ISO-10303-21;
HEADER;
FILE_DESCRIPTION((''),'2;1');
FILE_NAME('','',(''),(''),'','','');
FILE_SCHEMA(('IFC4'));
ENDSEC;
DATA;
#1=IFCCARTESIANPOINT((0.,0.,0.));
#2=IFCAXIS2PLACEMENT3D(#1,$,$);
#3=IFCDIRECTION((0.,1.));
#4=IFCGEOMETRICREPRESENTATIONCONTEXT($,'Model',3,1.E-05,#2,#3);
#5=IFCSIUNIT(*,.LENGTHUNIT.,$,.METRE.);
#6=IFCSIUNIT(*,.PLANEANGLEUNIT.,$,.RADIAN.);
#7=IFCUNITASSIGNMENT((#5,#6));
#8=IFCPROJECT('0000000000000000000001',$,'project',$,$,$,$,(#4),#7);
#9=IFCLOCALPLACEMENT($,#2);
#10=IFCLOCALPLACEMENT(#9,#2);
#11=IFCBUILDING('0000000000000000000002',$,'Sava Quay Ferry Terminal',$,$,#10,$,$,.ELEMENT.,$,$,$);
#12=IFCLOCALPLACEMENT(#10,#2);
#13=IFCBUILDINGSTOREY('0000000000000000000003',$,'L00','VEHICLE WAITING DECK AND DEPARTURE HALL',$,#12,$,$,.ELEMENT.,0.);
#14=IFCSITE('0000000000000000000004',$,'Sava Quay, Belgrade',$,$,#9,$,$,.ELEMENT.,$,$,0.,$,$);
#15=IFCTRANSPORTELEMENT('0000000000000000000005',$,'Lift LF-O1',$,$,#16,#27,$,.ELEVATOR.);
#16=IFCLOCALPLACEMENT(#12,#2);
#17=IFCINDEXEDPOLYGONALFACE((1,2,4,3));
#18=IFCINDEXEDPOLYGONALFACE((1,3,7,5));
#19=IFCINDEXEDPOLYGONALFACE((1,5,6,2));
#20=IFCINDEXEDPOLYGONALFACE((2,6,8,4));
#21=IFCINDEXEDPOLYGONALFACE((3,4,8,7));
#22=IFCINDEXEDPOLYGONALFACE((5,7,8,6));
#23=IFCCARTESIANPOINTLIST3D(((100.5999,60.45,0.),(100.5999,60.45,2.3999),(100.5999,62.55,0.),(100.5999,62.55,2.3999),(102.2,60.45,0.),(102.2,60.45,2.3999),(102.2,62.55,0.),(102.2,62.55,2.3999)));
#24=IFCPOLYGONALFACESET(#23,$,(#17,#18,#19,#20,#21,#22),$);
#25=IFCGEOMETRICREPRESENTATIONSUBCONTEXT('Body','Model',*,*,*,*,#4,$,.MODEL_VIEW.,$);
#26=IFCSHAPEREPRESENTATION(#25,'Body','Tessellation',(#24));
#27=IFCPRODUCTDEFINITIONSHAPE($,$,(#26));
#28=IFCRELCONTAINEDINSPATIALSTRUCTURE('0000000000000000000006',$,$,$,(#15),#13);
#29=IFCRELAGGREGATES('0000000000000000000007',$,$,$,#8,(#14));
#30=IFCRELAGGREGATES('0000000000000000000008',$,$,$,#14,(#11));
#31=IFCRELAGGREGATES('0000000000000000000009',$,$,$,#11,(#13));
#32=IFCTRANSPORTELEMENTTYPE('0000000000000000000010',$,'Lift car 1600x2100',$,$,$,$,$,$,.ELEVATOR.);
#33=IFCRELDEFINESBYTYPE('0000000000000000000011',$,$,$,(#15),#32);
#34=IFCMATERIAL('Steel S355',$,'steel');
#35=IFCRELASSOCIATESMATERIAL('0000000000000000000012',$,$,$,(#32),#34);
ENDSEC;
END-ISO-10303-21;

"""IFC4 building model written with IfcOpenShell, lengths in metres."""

from ifc_helpers import new_model, si_unit, direction, frame, origin, origin_2d, place, context, subcontext, project, spatial, rectangle, extrude, material, type_object, element, save


model = new_model("IFC4")

# Units and contexts
model_context = context("Model", 3, precision=1e-05, world=origin(), true_north=direction((0.0, 1.0)))
body_context = subcontext(model_context, "Body", "Model", "MODEL_VIEW")
ifc_project = project(units=[si_unit("LENGTHUNIT", "METRE"), si_unit("PLANEANGLEUNIT", "RADIAN")], contexts=[model_context])

# Site, building, storey
site_placement = place(None, origin())
site = spatial("IfcSite", under=ifc_project, at=site_placement, Name="Sava Quay, Belgrade", CompositionType="ELEMENT", RefElevation=0.0)
building_placement = place(site_placement, origin())
building = spatial("IfcBuilding", under=site, at=building_placement, Name="Sava Quay Ferry Terminal", CompositionType="ELEMENT")
storey_placement = place(building_placement, origin())
storey = spatial("IfcBuildingStorey", under=building, at=storey_placement, Name="L00", Description="VEHICLE WAITING DECK AND DEPARTURE HALL", CompositionType="ELEMENT", Elevation=0.0)

# Transport element
ifc_material_1 = material(Name="Steel S355", Category="steel")
transport_element_type = type_object("IfcTransportElementType", Name="Lift car 1600x2100", PredefinedType="ELEVATOR", material=ifc_material_1)
transport_element_placement = place(storey_placement, frame((101.3999, 61.5, 0.0), z_axis=(0.0, 0.0, 1.0), x_axis=(1.0, 0.0, 0.0)))
element("IfcTransportElement", 1, at=transport_element_placement, inside=storey, type_object=transport_element_type, Name="Lift LF-O1", PredefinedType="ELEVATOR", context=body_context, shape_type="SweptSolid", body=[
    extrude(rectangle(XDim=1.6001, YDim=2.1001, at=origin_2d()), origin(), (0.0, 0.0, 1.0), 2.3999),
])

save(model, "model.ifc")
